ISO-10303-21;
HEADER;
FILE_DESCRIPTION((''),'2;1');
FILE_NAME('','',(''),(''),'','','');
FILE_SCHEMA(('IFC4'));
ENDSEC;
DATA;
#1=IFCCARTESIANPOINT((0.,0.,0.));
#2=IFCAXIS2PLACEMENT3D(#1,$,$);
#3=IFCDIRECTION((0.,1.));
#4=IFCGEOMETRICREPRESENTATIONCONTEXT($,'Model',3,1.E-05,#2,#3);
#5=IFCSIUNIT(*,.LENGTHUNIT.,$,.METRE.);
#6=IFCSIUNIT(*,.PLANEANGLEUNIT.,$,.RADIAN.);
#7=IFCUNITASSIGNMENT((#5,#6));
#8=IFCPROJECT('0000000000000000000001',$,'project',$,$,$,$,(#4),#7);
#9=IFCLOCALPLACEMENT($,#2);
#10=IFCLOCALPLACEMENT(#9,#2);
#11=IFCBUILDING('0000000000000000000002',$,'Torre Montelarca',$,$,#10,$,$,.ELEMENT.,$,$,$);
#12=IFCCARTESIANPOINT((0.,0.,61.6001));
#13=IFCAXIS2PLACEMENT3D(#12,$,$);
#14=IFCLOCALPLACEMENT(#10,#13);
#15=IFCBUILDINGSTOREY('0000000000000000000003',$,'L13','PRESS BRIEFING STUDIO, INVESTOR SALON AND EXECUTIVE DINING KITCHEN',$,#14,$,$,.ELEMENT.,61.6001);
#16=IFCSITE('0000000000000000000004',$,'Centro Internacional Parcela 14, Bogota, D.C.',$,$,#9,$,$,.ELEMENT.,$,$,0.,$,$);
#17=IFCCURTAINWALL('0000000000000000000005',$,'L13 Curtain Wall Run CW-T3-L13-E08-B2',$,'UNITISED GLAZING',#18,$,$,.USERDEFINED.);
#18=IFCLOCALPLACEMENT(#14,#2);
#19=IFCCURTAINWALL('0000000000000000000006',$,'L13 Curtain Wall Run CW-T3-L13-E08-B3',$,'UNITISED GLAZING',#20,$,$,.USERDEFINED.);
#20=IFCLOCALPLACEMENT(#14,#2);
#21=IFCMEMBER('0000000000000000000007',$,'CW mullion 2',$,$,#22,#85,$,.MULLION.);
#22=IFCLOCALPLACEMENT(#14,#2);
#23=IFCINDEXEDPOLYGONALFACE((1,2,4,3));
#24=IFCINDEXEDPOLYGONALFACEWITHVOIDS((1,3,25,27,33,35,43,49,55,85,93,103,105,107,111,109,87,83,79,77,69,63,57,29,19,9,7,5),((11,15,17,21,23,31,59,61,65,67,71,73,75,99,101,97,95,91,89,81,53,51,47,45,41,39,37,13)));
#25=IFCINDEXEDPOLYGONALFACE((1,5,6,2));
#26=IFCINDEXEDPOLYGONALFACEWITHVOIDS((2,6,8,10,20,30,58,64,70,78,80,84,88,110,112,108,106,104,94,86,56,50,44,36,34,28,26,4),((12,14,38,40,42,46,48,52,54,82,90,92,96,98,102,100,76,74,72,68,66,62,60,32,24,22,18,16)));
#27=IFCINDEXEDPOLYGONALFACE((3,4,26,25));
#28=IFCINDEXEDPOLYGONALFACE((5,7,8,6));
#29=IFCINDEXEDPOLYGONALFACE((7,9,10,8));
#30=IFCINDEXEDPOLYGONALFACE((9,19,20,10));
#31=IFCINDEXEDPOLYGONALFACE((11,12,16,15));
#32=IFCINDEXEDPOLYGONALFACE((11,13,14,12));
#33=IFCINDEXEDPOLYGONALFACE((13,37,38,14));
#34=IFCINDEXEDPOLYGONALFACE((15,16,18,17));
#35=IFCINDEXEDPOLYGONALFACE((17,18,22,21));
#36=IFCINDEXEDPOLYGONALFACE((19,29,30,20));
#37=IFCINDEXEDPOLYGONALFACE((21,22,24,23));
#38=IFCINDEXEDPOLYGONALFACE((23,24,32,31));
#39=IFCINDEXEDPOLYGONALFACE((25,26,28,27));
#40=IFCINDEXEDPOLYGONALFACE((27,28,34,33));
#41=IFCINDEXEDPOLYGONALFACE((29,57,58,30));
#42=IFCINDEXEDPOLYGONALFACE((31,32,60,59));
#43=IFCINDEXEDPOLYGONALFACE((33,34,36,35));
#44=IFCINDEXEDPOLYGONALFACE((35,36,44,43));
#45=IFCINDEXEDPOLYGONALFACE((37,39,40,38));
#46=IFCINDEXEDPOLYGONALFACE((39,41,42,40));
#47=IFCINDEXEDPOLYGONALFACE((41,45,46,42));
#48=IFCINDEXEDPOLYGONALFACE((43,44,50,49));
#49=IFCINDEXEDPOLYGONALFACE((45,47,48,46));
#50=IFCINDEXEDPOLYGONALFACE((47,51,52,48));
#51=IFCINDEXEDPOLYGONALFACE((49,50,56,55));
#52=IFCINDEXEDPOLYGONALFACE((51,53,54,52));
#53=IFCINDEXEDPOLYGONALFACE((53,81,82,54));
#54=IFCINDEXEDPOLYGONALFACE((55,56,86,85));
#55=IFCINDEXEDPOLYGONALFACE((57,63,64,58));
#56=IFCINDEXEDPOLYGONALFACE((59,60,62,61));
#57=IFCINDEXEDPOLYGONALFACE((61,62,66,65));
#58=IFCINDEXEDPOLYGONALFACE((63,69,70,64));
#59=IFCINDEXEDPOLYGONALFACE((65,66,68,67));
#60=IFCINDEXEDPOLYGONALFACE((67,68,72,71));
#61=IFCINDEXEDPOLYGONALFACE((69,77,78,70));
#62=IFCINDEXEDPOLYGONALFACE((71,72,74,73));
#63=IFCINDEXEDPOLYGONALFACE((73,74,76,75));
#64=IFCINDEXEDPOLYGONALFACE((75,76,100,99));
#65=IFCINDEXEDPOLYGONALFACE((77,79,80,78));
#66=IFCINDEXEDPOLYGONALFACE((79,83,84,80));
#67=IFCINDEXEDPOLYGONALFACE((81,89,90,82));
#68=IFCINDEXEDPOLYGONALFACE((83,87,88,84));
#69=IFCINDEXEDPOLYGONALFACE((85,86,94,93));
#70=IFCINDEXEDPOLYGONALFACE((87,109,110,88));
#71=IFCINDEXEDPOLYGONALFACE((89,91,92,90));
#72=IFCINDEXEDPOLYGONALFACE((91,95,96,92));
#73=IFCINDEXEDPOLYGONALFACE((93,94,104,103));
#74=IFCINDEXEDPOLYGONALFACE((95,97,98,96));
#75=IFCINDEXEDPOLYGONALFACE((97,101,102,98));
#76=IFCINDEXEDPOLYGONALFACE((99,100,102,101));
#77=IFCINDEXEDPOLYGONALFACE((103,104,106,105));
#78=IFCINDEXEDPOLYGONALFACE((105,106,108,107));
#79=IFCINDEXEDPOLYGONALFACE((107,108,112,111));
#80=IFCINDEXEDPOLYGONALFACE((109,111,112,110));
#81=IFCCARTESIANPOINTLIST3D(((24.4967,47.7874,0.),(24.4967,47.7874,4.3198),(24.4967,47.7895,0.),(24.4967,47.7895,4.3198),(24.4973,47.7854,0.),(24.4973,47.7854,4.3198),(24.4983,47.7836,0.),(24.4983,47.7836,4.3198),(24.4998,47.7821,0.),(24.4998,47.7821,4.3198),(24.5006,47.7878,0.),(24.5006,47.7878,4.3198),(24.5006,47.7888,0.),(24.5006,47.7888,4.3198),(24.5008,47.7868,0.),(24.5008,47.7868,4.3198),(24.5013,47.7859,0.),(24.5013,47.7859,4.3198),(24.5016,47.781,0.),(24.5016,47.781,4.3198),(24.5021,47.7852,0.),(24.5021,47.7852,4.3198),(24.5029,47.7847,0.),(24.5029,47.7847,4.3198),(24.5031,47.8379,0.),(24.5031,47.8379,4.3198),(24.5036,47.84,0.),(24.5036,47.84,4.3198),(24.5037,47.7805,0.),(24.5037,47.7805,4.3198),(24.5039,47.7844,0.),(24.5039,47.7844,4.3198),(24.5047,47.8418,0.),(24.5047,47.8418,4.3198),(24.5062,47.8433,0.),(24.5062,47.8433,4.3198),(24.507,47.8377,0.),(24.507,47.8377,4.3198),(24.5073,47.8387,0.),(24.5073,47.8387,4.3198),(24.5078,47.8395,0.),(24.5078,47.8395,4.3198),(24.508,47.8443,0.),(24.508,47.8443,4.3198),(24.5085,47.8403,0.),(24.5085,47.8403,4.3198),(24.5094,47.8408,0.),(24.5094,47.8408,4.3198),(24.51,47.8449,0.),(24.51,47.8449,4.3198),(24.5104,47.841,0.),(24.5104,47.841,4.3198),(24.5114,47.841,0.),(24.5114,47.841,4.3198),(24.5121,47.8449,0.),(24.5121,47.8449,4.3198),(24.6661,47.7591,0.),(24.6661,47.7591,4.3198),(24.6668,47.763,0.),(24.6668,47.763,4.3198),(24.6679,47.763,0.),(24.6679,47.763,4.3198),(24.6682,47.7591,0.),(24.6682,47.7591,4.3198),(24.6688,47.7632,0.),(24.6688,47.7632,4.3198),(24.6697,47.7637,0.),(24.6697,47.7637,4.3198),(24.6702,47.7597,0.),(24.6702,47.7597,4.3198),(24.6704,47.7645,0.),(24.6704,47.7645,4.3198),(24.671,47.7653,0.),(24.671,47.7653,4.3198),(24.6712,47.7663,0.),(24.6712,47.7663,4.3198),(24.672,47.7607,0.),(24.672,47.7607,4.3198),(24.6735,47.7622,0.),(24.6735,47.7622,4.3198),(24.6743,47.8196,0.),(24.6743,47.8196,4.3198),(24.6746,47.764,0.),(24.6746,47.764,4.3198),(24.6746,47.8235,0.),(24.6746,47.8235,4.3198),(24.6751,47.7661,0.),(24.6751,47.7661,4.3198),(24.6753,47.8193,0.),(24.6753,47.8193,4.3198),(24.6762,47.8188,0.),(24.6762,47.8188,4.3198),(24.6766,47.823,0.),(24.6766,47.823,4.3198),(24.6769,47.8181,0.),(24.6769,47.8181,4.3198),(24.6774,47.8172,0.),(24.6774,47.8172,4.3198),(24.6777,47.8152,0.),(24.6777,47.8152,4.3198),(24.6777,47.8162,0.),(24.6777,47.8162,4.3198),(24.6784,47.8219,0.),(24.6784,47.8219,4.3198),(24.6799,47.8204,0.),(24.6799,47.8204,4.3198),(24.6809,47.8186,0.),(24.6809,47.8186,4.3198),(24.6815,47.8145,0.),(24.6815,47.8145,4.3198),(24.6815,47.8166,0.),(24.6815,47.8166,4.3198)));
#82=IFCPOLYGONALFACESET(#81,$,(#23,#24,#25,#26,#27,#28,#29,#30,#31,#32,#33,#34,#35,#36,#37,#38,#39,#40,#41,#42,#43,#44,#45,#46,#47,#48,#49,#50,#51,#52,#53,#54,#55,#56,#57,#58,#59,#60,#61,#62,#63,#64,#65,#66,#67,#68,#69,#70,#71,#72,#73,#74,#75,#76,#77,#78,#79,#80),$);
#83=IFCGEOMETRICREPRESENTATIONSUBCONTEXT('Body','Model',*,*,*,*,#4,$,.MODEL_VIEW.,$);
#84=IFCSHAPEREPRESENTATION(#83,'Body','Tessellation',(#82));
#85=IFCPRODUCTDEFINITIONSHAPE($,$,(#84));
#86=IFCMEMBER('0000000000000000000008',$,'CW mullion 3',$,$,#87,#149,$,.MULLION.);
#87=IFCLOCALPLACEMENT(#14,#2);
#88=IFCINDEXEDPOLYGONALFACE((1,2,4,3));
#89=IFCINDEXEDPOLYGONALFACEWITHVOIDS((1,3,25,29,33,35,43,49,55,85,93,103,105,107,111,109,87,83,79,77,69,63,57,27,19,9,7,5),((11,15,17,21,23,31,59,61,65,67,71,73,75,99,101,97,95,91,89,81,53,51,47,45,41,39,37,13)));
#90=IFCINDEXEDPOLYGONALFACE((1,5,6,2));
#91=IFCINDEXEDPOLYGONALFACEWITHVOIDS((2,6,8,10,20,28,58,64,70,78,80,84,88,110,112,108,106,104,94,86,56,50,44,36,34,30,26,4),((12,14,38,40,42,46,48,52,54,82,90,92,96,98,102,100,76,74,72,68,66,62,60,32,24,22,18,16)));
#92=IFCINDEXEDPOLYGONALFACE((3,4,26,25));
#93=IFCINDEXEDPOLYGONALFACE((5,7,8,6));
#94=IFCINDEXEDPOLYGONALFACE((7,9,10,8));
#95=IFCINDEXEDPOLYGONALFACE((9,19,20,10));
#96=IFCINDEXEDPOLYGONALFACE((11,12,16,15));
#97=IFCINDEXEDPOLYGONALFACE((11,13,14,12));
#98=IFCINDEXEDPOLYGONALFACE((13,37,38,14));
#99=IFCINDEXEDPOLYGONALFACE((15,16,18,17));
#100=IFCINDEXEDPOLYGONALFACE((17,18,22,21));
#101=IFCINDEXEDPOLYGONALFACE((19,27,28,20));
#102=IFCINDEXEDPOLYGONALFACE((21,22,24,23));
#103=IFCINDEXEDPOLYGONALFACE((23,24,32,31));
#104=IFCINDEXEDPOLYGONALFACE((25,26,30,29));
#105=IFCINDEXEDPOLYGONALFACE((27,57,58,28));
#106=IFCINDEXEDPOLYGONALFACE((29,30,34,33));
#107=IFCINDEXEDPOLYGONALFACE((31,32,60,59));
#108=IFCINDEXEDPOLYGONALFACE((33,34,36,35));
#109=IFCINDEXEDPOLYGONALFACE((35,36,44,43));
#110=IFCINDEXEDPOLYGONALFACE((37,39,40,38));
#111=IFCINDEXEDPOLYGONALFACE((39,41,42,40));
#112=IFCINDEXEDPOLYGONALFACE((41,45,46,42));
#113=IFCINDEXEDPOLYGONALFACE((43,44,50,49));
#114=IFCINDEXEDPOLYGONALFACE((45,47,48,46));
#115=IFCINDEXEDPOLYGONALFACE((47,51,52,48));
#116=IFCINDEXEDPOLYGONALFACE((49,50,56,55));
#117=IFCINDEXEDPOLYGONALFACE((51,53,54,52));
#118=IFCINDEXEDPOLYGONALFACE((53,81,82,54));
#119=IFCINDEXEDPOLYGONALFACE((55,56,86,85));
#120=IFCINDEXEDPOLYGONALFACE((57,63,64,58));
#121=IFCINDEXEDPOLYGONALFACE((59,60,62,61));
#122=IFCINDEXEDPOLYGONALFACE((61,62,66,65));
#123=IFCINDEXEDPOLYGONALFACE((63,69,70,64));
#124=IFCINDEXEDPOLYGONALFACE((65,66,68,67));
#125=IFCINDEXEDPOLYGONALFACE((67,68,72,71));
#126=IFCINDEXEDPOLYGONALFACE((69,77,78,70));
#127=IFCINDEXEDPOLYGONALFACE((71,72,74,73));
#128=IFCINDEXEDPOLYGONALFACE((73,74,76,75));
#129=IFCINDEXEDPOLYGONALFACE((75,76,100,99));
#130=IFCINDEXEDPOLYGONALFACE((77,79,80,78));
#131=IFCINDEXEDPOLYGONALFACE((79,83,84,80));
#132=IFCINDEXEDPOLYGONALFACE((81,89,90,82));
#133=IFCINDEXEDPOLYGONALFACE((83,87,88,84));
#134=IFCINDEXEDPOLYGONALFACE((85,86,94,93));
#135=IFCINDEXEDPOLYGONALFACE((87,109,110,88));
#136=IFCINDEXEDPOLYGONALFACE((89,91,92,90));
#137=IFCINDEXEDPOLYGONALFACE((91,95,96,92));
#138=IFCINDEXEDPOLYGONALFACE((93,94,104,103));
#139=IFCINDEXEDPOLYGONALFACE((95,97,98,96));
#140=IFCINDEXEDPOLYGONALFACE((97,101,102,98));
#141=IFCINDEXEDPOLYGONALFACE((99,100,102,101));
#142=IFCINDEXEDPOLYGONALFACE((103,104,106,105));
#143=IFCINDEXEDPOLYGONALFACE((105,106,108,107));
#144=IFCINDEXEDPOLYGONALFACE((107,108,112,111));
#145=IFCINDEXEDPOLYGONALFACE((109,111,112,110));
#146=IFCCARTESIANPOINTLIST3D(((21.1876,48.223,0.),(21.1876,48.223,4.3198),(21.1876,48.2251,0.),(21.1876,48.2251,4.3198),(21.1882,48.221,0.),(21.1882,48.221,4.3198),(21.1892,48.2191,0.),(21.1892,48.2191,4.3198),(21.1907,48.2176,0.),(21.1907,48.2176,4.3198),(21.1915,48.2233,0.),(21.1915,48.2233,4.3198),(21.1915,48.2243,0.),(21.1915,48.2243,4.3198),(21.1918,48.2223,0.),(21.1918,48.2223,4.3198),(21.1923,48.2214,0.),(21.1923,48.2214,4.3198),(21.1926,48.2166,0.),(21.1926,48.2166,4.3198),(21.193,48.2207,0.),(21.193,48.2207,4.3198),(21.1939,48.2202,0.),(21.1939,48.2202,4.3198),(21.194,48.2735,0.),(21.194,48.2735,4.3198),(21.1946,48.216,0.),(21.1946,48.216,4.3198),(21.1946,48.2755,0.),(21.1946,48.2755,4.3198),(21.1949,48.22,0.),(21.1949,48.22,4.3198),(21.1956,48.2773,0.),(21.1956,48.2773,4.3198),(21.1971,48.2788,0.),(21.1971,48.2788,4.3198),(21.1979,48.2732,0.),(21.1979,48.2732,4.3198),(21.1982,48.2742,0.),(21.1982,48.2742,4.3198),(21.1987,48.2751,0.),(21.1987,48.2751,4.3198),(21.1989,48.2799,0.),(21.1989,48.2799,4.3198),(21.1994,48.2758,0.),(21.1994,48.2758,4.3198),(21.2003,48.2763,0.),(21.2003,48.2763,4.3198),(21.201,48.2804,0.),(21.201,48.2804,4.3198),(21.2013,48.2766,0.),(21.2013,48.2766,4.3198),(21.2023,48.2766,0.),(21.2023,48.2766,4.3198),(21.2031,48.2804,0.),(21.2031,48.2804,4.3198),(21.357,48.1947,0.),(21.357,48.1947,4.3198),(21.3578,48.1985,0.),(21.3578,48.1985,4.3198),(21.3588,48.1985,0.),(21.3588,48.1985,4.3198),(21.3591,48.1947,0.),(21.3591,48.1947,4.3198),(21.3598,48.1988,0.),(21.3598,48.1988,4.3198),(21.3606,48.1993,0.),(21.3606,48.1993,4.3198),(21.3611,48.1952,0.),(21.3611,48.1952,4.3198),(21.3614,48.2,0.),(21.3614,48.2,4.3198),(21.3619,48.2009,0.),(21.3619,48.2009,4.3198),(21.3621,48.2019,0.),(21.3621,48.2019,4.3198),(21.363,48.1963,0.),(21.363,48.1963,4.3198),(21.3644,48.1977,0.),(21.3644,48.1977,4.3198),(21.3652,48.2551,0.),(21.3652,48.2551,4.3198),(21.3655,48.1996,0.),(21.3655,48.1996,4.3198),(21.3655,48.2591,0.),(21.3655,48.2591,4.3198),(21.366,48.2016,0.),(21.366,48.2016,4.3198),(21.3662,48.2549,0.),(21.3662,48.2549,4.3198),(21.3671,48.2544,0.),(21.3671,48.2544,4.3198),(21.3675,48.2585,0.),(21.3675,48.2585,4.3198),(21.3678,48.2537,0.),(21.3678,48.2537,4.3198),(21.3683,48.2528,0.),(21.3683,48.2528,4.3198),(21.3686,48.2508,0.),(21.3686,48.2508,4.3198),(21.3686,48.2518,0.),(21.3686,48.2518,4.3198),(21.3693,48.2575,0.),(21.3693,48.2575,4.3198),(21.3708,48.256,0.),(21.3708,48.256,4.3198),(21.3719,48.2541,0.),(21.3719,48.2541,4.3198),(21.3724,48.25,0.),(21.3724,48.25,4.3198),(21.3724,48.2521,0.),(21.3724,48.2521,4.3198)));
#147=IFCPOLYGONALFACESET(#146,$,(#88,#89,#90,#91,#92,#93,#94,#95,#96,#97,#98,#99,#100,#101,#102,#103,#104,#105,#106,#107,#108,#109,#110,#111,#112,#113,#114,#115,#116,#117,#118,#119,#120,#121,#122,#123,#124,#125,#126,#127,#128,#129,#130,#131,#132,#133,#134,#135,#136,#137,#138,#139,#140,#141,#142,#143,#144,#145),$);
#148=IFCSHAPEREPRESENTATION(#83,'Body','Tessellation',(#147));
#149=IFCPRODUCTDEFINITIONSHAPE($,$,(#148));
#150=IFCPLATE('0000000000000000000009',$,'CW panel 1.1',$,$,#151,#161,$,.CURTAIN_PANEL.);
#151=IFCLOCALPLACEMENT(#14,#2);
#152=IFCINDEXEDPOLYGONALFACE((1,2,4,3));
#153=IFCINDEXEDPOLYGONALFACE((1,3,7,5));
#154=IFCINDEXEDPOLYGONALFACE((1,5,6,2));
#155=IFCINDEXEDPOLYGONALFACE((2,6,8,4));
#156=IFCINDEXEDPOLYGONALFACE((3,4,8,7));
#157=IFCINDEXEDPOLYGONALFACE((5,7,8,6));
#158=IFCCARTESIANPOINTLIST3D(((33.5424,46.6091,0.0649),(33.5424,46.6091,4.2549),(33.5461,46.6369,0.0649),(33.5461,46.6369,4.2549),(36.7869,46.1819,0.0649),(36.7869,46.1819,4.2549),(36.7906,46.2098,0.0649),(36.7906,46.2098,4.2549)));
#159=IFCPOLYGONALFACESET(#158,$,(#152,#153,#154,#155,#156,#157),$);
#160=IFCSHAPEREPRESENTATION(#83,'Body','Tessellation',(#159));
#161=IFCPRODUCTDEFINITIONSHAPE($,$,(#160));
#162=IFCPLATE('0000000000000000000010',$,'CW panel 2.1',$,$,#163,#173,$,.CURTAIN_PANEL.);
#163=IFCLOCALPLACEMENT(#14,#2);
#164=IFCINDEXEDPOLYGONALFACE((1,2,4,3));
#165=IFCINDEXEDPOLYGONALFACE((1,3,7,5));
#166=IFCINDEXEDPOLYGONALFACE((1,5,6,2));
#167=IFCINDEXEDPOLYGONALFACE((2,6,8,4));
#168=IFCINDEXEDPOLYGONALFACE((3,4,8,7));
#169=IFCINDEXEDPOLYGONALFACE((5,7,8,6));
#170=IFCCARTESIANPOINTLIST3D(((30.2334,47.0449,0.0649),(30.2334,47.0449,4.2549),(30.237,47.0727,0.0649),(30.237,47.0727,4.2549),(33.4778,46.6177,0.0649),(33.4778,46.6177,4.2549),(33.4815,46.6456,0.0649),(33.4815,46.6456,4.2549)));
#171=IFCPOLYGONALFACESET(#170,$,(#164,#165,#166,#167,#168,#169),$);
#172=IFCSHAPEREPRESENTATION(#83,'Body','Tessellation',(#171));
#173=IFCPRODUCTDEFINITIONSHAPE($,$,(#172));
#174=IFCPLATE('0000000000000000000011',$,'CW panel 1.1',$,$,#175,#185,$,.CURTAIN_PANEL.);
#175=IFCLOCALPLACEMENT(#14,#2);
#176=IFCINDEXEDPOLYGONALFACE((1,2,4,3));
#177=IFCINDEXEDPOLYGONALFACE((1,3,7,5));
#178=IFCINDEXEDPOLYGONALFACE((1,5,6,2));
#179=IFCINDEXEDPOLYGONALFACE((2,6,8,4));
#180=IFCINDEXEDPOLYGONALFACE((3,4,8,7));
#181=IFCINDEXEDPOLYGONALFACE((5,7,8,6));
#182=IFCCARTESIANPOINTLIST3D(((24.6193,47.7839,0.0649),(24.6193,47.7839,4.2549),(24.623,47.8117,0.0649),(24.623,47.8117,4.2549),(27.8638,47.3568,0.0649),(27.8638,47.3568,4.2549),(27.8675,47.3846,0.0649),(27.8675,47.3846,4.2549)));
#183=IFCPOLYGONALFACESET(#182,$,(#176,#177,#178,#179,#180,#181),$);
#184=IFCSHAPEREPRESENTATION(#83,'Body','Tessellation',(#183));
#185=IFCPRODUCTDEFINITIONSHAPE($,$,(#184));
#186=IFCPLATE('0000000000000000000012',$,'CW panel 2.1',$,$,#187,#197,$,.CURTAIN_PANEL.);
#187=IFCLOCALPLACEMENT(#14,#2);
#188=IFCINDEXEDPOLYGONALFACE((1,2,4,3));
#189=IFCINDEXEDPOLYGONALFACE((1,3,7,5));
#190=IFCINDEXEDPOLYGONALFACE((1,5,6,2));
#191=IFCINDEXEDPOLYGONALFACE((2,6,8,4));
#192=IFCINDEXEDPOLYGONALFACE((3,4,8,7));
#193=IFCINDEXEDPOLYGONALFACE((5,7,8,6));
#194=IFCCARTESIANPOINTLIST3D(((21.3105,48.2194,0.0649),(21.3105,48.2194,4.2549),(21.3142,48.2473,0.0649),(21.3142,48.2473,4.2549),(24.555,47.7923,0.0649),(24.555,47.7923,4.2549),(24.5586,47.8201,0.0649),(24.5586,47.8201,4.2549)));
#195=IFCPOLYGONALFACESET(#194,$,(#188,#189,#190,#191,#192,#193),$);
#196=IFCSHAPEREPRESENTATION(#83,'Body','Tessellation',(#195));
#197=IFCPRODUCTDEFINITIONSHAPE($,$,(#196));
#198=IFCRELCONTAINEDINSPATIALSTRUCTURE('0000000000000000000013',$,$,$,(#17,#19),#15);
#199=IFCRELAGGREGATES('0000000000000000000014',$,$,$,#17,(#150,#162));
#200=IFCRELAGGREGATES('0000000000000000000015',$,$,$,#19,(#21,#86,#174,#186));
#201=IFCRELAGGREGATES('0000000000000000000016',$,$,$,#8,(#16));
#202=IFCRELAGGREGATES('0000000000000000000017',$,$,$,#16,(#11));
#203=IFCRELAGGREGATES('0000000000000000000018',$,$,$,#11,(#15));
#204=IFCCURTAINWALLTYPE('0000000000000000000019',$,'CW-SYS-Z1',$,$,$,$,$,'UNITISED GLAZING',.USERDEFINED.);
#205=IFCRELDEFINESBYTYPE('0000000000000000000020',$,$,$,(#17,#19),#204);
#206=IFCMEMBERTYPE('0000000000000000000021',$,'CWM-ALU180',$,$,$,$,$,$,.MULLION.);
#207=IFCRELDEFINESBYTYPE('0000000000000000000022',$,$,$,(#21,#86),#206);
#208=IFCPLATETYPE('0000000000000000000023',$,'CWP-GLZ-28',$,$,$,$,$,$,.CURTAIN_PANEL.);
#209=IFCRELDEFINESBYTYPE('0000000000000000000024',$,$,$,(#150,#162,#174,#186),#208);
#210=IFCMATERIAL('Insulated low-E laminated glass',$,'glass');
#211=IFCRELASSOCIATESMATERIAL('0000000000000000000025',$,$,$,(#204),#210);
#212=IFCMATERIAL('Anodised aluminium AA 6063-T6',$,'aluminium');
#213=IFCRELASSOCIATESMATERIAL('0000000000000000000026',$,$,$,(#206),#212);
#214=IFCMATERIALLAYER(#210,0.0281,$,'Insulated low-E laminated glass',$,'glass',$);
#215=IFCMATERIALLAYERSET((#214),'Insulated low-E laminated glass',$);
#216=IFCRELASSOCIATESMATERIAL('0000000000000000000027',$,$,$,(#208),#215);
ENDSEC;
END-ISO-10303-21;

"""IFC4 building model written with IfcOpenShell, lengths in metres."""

from ifc_helpers import new_model, si_unit, direction, frame, origin, origin_2d, place, context, subcontext, project, spatial, rectangle, hollow_rectangle, extrude, source, transform, mapped, material, layer, layer_set, material_profile, profile_set, type_object, element, aggregate, save


model = new_model("IFC4")

# Units and contexts
model_context = context("Model", 3, precision=1e-05, world=origin(), true_north=direction((0.0, 1.0)))
body_context = subcontext(model_context, "Body", "Model", "MODEL_VIEW")
ifc_project = project(units=[si_unit("LENGTHUNIT", "METRE"), si_unit("PLANEANGLEUNIT", "RADIAN")], contexts=[model_context])

# Site, building, storey
site_placement = place(None, origin())
site = spatial("IfcSite", under=ifc_project, at=site_placement, Name="Centro Internacional Parcela 14, Bogota, D.C.", CompositionType="ELEMENT", RefElevation=0.0)
building_placement = place(site_placement, origin())
building = spatial("IfcBuilding", under=site, at=building_placement, Name="Torre Montelarca", CompositionType="ELEMENT")
storey_placement = place(building_placement, frame((0.0, 0.0, 61.6001)))
storey = spatial("IfcBuildingStorey", under=building, at=storey_placement, Name="L13", Description="PRESS BRIEFING STUDIO, INVESTOR SALON AND EXECUTIVE DINING KITCHEN", CompositionType="ELEMENT", Elevation=61.6001)

# Curtain wall
ifc_material_1 = material(Name="Insulated low-E laminated glass", Category="glass")
curtain_wall_type = type_object("IfcCurtainWallType", Name="CW-SYS-Z1", ElementType="UNITISED GLAZING", PredefinedType="USERDEFINED", material=ifc_material_1)
curtain_wall_1_placement = place(storey_placement, origin())
curtain_wall_1 = element("IfcCurtainWall", 1, at=curtain_wall_1_placement, inside=storey, type_object=curtain_wall_type, Name="L13 Curtain Wall Run CW-T3-L13-E08-B2", ObjectType="UNITISED GLAZING", PredefinedType="USERDEFINED")
ifc_material_2 = material(Name="Anodised aluminium AA 6063-T6", Category="aluminium")

# Curtain wall
curtain_wall_2_placement = place(storey_placement, origin())
curtain_wall_2 = element("IfcCurtainWall", 2, at=curtain_wall_2_placement, inside=storey, type_object=curtain_wall_type, Name="L13 Curtain Wall Run CW-T3-L13-E08-B3", ObjectType="UNITISED GLAZING", PredefinedType="USERDEFINED")

# Members
ifc_material_profile_1 = material_profile(ifc_material_2, hollow_rectangle(XDim=0.0649, YDim=0.1799, WallThickness=0.0039, InnerFilletRadius=0.0039, OuterFilletRadius=0.0081, at=origin_2d()), Name="ALU65X180X4", Category="aluminium")
ifc_profile_set_1 = profile_set([ifc_material_profile_1], Name="Anodised aluminium AA 6063-T6")
member_type_1 = type_object("IfcMemberType", Name="CWM-ALU180", PredefinedType="MULLION", material=ifc_profile_set_1)
shared_shape_1 = source(origin(), body_context, "Body", "SweptSolid", [
    extrude(hollow_rectangle(XDim=0.0649, YDim=0.1799, WallThickness=0.0039, InnerFilletRadius=0.0039, OuterFilletRadius=0.0081, at=origin_2d()), origin(), (0.0, 0.0, 1.0), 4.3198),
])
member_1_placement = place(storey_placement, frame((24.5891, 47.802, 0.0), z_axis=(0.0, 0.0, 1.0), x_axis=(-0.130518, -0.991446, 0.0)))
member_1 = element("IfcMember", 3, at=member_1_placement, type_object=member_type_1, Name="CW mullion 2", PredefinedType="MULLION", context=body_context, shape_type="MappedRepresentation", body=[
    mapped(shared_shape_1, transform((0.0, 0.0, 0.0), scale=1.0)),
])
member_2_placement = place(storey_placement, frame((21.28, 48.2375, 0.0), z_axis=(0.0, 0.0, 1.0), x_axis=(-0.130518, -0.991446, 0.0)))
member_2 = element("IfcMember", 4, at=member_2_placement, type_object=member_type_1, Name="CW mullion 3", PredefinedType="MULLION", context=body_context, shape_type="MappedRepresentation", body=[
    mapped(shared_shape_1, transform((0.0, 0.0, 0.0), scale=1.0)),
])

# Plates
ifc_layer_1 = layer(ifc_material_1, 0.0281, Name="Insulated low-E laminated glass", Category="glass")
ifc_layer_set_1 = layer_set([ifc_layer_1], Name="Insulated low-E laminated glass")
plate_type = type_object("IfcPlateType", Name="CWP-GLZ-28", PredefinedType="CURTAIN_PANEL", material=ifc_layer_set_1)
shared_shape_2 = source(origin(), body_context, "Body", "SweptSolid", [
    extrude(rectangle(XDim=3.2725, YDim=0.0281, at=origin_2d()), origin(), (0.0, 0.0, 1.0), 4.1899),
])
plate_1_placement = place(storey_placement, frame((35.1665, 46.4094, 0.0649), z_axis=(0.0, 0.0, 1.0), x_axis=(-0.991444, 0.130533, 0.0)))
plate_1 = element("IfcPlate", 5, at=plate_1_placement, type_object=plate_type, Name="CW panel 1.1", PredefinedType="CURTAIN_PANEL", context=body_context, shape_type="MappedRepresentation", body=[
    mapped(shared_shape_2, transform((0.0, 0.0, 0.0), scale=1.0)),
])
plate_2_placement = place(storey_placement, frame((31.8574, 46.8452, 0.0649), z_axis=(0.0, 0.0, 1.0), x_axis=(-0.991444, 0.130533, 0.0)))
plate_2 = element("IfcPlate", 6, at=plate_2_placement, type_object=plate_type, Name="CW panel 2.1", PredefinedType="CURTAIN_PANEL", context=body_context, shape_type="MappedRepresentation", body=[
    mapped(shared_shape_2, transform((0.0, 0.0, 0.0), scale=1.0)),
])
aggregate(curtain_wall_1, [plate_1, plate_2])
plate_3_placement = place(storey_placement, frame((26.2434, 47.5842, 0.0649), z_axis=(0.0, 0.0, 1.0), x_axis=(-0.991446, 0.130518, 0.0)))
plate_3 = element("IfcPlate", 7, at=plate_3_placement, type_object=plate_type, Name="CW panel 1.1", PredefinedType="CURTAIN_PANEL", context=body_context, shape_type="MappedRepresentation", body=[
    mapped(shared_shape_2, transform((0.0, 0.0, 0.0), scale=1.0)),
])
plate_4_placement = place(storey_placement, frame((22.9346, 48.0198, 0.0649), z_axis=(0.0, 0.0, 1.0), x_axis=(-0.991446, 0.130518, 0.0)))
plate_4 = element("IfcPlate", 8, at=plate_4_placement, type_object=plate_type, Name="CW panel 2.1", PredefinedType="CURTAIN_PANEL", context=body_context, shape_type="MappedRepresentation", body=[
    mapped(shared_shape_2, transform((0.0, 0.0, 0.0), scale=1.0)),
])
aggregate(curtain_wall_2, [member_1, member_2, plate_3, plate_4])

save(model, "model.ifc")
